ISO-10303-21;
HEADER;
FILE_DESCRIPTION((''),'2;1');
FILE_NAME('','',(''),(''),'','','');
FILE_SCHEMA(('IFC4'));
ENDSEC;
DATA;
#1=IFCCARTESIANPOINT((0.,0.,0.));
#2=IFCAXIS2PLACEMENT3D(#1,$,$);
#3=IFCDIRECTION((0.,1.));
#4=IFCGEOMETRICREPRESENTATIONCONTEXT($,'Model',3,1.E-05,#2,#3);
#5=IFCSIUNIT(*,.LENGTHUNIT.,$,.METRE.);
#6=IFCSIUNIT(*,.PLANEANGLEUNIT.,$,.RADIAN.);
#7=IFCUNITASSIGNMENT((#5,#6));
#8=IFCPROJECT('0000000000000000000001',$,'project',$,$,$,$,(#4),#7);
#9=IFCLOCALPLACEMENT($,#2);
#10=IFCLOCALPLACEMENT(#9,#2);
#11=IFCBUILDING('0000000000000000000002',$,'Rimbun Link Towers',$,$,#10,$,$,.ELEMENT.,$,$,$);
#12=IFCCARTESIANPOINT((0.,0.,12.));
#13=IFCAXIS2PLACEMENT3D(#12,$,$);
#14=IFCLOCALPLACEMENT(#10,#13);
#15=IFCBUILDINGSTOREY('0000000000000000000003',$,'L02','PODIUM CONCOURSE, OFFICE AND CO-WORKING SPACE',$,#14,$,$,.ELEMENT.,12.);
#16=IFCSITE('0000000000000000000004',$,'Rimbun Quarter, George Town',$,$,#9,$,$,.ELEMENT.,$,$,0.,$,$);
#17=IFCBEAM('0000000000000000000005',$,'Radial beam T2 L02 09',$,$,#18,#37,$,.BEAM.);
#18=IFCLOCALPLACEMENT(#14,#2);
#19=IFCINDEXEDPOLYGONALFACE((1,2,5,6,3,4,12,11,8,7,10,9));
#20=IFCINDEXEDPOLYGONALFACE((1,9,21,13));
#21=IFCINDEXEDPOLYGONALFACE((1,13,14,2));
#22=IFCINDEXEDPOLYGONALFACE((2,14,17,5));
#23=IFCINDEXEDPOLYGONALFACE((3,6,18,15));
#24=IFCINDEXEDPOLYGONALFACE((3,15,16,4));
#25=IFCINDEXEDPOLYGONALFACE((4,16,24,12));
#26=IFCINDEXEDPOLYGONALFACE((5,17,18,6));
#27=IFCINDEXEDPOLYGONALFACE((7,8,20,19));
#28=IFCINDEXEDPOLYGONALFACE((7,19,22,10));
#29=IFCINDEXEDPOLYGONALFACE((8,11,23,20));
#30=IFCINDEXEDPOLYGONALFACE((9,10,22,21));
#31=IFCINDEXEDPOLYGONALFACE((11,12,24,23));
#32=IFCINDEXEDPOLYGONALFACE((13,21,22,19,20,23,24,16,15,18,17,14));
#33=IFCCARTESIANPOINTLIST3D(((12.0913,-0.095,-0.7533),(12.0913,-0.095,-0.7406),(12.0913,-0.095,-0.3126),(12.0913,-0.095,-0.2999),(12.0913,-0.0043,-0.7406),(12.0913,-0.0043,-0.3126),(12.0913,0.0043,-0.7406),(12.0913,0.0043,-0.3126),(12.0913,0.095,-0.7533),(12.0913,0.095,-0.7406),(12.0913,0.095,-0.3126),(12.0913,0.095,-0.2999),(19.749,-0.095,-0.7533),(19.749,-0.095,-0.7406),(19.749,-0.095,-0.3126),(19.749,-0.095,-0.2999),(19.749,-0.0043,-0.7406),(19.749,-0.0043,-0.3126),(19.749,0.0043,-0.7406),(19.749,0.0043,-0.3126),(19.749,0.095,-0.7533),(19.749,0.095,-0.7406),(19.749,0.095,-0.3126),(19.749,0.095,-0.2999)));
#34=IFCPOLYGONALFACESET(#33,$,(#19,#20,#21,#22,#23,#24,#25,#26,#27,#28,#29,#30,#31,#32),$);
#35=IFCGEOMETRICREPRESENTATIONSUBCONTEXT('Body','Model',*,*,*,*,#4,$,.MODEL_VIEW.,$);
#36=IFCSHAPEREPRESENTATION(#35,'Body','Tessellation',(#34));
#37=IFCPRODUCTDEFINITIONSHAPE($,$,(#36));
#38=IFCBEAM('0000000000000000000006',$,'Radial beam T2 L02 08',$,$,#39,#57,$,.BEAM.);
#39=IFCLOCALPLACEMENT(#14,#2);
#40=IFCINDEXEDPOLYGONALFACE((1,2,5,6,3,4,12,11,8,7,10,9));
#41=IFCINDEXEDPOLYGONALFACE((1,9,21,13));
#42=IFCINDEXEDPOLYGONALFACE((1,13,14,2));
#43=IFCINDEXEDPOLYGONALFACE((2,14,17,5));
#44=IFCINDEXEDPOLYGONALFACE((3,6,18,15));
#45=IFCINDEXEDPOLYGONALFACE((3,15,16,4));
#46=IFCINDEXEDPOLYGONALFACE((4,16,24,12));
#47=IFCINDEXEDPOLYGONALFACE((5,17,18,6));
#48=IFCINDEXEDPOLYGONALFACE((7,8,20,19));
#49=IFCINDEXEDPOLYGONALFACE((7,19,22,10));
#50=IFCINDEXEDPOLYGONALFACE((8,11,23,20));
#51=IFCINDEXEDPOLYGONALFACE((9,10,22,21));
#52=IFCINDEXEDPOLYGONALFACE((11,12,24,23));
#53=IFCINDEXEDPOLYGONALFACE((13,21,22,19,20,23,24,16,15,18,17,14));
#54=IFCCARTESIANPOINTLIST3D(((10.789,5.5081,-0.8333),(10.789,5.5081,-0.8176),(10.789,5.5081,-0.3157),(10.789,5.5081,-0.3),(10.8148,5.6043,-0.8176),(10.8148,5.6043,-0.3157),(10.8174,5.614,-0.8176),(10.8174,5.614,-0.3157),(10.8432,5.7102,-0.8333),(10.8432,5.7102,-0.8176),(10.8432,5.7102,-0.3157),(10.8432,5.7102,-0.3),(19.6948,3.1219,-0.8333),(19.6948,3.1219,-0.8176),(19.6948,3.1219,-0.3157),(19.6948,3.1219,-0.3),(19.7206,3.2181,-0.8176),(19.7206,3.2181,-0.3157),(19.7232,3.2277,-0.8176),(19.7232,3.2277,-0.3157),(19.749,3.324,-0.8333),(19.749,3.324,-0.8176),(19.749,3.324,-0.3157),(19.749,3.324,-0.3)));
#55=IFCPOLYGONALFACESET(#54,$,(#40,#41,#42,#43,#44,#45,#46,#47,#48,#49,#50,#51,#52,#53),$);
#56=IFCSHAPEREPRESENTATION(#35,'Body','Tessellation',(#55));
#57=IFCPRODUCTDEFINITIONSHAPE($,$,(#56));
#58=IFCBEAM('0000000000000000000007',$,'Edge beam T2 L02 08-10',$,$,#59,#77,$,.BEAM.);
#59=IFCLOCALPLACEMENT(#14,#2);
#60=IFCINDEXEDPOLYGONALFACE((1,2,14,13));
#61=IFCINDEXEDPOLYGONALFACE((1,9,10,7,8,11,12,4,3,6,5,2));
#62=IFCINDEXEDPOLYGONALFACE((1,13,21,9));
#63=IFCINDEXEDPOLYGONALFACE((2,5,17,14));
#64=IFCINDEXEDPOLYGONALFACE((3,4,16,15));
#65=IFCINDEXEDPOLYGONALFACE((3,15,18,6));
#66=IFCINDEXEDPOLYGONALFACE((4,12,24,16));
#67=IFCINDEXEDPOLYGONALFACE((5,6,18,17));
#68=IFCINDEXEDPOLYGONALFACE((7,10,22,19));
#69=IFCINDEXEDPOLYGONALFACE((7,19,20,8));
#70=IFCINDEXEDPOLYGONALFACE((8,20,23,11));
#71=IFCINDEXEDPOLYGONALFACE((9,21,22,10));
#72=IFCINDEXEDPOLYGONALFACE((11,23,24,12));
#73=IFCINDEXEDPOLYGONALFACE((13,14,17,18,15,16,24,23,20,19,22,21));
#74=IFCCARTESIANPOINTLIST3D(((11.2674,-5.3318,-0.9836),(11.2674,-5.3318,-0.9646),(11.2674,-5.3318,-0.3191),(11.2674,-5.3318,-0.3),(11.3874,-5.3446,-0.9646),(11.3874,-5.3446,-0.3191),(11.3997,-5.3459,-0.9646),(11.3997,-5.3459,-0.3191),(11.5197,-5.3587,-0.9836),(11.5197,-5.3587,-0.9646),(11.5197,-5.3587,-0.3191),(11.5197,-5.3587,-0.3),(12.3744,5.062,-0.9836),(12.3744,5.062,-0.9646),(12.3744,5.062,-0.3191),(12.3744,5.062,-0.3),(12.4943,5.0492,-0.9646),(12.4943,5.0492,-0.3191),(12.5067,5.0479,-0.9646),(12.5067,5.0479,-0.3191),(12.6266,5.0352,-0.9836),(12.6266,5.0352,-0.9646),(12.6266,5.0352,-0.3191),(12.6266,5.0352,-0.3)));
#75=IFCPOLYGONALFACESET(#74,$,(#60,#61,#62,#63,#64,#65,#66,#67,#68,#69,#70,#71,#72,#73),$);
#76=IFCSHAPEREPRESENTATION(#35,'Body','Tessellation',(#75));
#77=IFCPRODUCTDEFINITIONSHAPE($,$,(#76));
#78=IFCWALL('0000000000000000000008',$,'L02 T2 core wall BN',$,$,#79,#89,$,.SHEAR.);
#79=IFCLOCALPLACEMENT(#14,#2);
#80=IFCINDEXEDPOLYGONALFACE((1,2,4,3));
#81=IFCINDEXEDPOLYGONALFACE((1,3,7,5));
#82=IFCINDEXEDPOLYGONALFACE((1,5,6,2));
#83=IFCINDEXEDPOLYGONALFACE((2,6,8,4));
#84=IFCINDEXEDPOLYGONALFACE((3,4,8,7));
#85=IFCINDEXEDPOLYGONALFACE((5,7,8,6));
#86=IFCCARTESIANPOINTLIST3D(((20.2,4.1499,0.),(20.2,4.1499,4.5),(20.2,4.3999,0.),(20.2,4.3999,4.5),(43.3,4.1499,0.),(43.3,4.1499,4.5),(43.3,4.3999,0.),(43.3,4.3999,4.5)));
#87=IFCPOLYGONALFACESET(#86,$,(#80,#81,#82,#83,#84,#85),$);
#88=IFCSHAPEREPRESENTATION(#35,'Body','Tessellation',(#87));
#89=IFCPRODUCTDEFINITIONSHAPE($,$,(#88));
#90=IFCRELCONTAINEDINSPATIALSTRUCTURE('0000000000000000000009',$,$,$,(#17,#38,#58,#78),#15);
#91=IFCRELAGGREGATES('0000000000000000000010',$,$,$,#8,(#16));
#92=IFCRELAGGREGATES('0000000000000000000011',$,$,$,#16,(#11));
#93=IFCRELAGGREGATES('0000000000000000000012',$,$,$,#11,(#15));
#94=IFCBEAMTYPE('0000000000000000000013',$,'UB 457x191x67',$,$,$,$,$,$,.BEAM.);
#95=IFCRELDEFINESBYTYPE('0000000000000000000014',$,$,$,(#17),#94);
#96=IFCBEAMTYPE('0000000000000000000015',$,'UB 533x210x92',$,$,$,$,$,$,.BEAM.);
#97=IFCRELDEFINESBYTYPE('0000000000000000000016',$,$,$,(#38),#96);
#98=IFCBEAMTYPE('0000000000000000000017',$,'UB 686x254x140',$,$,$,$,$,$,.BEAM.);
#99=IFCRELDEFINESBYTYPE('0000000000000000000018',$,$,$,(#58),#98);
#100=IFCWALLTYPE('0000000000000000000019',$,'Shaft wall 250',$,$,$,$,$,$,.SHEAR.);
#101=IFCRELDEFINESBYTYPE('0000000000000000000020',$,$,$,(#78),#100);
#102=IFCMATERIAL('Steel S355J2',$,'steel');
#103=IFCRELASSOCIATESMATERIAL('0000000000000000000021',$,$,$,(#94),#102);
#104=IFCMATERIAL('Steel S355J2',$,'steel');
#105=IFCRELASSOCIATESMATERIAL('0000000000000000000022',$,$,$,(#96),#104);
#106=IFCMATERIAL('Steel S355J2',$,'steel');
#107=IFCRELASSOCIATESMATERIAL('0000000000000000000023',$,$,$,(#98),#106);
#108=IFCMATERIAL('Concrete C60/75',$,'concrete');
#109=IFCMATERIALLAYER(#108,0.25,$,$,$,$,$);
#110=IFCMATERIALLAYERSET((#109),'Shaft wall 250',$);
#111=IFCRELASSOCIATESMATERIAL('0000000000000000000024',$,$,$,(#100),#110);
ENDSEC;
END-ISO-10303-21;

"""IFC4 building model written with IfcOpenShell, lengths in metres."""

from ifc_helpers import new_model, si_unit, direction, frame, frame_2d, origin, origin_2d, place, context, subcontext, project, spatial, rectangle, i_section, extrude, material, layer, layer_set, material_profile, profile_set, type_object, element, save


model = new_model("IFC4")

# Units and contexts
model_context = context("Model", 3, precision=1e-05, world=origin(), true_north=direction((0.0, 1.0)))
body_context = subcontext(model_context, "Body", "Model", "MODEL_VIEW")
ifc_project = project(units=[si_unit("LENGTHUNIT", "METRE"), si_unit("PLANEANGLEUNIT", "RADIAN")], contexts=[model_context])

# Site, building, storey
site_placement = place(None, origin())
site = spatial("IfcSite", under=ifc_project, at=site_placement, Name="Rimbun Quarter, George Town", CompositionType="ELEMENT", RefElevation=0.0)
building_placement = place(site_placement, origin())
building = spatial("IfcBuilding", under=site, at=building_placement, Name="Rimbun Link Towers", CompositionType="ELEMENT")
storey_placement = place(building_placement, frame((0.0, 0.0, 12.0)))
storey = spatial("IfcBuildingStorey", under=building, at=storey_placement, Name="L02", Description="PODIUM CONCOURSE, OFFICE AND CO-WORKING SPACE", CompositionType="ELEMENT", Elevation=12.0)

# Beams
ifc_material_1 = material(Name="Steel S355J2", Category="steel")
ifc_material_profile_1 = material_profile(ifc_material_1, i_section(OverallWidth=0.1899, OverallDepth=0.4534, WebThickness=0.0085, FlangeThickness=0.0127, at=origin_2d()), Name="UB 457x191x67")
ifc_profile_set_1 = profile_set([ifc_material_profile_1], Name="Steel S355J2")
beam_type_1 = type_object("IfcBeamType", Name="UB 457x191x67", PredefinedType="BEAM", material=ifc_profile_set_1)
beam_1_placement = place(storey_placement, frame((19.749, 0.0, -0.5266), z_axis=(-1.0, 0.0, 0.0), x_axis=(0.0, -1.0, 0.0)))
element("IfcBeam", 1, at=beam_1_placement, inside=storey, type_object=beam_type_1, Name="Radial beam T2 L02 09", PredefinedType="BEAM", context=body_context, shape_type="SweptSolid", body=[
    extrude(i_section(OverallWidth=0.1899, OverallDepth=0.4534, WebThickness=0.0085, FlangeThickness=0.0127, at=origin_2d()), origin(), (0.0, 0.0, 1.0), 7.6577),
])
ifc_material_2 = material(Name="Steel S355J2", Category="steel")
ifc_material_profile_2 = material_profile(ifc_material_2, i_section(OverallWidth=0.2092, OverallDepth=0.5332, WebThickness=0.01, FlangeThickness=0.0156, at=origin_2d()), Name="UB 533x210x92")
ifc_profile_set_2 = profile_set([ifc_material_profile_2], Name="Steel S355J2")
beam_type_2 = type_object("IfcBeamType", Name="UB 533x210x92", PredefinedType="BEAM", material=ifc_profile_set_2)
beam_2_placement = place(storey_placement, frame((19.7219, 3.2229, -0.5667), z_axis=(-0.965927, 0.258813, 0.0), x_axis=(-0.258813, -0.965927, 0.0)))
element("IfcBeam", 2, at=beam_2_placement, inside=storey, type_object=beam_type_2, Name="Radial beam T2 L02 08", PredefinedType="BEAM", context=body_context, shape_type="SweptSolid", body=[
    extrude(i_section(OverallWidth=0.2092, OverallDepth=0.5332, WebThickness=0.01, FlangeThickness=0.0156, at=origin_2d()), origin(), (0.0, 0.0, 1.0), 9.22),
])
ifc_material_3 = material(Name="Steel S355J2", Category="steel")
ifc_material_profile_3 = material_profile(ifc_material_3, i_section(OverallWidth=0.2537, OverallDepth=0.6836, WebThickness=0.0125, FlangeThickness=0.019, at=origin_2d()), Name="UB 686x254x140")
ifc_profile_set_3 = profile_set([ifc_material_profile_3], Name="Steel S355J2")
beam_type_3 = type_object("IfcBeamType", Name="UB 686x254x140", PredefinedType="BEAM", material=ifc_profile_set_3)
beam_3_placement = place(storey_placement, frame((12.5005, 5.0486, -0.6418), z_axis=(-0.105901, -0.994377, 0.0), x_axis=(0.994377, -0.105901, 0.0)))
element("IfcBeam", 3, at=beam_3_placement, inside=storey, type_object=beam_type_3, Name="Edge beam T2 L02 08-10", PredefinedType="BEAM", context=body_context, shape_type="SweptSolid", body=[
    extrude(i_section(OverallWidth=0.2537, OverallDepth=0.6836, WebThickness=0.0125, FlangeThickness=0.019, at=origin_2d()), origin(), (0.0, 0.0, 1.0), 10.4526),
])

# Wall
ifc_material_4 = material(Name="Concrete C60/75", Category="concrete")
ifc_layer_1 = layer(ifc_material_4, 0.25)
ifc_layer_set_1 = layer_set([ifc_layer_1], Name="Shaft wall 250")
wall_type_1 = type_object("IfcWallType", Name="Shaft wall 250", PredefinedType="SHEAR", material=ifc_layer_set_1)
wall_1_placement = place(storey_placement, frame((20.2, 4.2749, 0.0), z_axis=(0.0, 0.0, 1.0), x_axis=(1.0, 0.0, 0.0)))
element("IfcWall", 4, at=wall_1_placement, inside=storey, type_object=wall_type_1, Name="L02 T2 core wall BN", PredefinedType="SHEAR", context=body_context, shape_type="SweptSolid", body=[
    extrude(rectangle(XDim=23.1001, YDim=0.25, at=frame_2d((11.55, 0.0))), origin(), (0.0, 0.0, 1.0), 4.5),
])

save(model, "model.ifc")
